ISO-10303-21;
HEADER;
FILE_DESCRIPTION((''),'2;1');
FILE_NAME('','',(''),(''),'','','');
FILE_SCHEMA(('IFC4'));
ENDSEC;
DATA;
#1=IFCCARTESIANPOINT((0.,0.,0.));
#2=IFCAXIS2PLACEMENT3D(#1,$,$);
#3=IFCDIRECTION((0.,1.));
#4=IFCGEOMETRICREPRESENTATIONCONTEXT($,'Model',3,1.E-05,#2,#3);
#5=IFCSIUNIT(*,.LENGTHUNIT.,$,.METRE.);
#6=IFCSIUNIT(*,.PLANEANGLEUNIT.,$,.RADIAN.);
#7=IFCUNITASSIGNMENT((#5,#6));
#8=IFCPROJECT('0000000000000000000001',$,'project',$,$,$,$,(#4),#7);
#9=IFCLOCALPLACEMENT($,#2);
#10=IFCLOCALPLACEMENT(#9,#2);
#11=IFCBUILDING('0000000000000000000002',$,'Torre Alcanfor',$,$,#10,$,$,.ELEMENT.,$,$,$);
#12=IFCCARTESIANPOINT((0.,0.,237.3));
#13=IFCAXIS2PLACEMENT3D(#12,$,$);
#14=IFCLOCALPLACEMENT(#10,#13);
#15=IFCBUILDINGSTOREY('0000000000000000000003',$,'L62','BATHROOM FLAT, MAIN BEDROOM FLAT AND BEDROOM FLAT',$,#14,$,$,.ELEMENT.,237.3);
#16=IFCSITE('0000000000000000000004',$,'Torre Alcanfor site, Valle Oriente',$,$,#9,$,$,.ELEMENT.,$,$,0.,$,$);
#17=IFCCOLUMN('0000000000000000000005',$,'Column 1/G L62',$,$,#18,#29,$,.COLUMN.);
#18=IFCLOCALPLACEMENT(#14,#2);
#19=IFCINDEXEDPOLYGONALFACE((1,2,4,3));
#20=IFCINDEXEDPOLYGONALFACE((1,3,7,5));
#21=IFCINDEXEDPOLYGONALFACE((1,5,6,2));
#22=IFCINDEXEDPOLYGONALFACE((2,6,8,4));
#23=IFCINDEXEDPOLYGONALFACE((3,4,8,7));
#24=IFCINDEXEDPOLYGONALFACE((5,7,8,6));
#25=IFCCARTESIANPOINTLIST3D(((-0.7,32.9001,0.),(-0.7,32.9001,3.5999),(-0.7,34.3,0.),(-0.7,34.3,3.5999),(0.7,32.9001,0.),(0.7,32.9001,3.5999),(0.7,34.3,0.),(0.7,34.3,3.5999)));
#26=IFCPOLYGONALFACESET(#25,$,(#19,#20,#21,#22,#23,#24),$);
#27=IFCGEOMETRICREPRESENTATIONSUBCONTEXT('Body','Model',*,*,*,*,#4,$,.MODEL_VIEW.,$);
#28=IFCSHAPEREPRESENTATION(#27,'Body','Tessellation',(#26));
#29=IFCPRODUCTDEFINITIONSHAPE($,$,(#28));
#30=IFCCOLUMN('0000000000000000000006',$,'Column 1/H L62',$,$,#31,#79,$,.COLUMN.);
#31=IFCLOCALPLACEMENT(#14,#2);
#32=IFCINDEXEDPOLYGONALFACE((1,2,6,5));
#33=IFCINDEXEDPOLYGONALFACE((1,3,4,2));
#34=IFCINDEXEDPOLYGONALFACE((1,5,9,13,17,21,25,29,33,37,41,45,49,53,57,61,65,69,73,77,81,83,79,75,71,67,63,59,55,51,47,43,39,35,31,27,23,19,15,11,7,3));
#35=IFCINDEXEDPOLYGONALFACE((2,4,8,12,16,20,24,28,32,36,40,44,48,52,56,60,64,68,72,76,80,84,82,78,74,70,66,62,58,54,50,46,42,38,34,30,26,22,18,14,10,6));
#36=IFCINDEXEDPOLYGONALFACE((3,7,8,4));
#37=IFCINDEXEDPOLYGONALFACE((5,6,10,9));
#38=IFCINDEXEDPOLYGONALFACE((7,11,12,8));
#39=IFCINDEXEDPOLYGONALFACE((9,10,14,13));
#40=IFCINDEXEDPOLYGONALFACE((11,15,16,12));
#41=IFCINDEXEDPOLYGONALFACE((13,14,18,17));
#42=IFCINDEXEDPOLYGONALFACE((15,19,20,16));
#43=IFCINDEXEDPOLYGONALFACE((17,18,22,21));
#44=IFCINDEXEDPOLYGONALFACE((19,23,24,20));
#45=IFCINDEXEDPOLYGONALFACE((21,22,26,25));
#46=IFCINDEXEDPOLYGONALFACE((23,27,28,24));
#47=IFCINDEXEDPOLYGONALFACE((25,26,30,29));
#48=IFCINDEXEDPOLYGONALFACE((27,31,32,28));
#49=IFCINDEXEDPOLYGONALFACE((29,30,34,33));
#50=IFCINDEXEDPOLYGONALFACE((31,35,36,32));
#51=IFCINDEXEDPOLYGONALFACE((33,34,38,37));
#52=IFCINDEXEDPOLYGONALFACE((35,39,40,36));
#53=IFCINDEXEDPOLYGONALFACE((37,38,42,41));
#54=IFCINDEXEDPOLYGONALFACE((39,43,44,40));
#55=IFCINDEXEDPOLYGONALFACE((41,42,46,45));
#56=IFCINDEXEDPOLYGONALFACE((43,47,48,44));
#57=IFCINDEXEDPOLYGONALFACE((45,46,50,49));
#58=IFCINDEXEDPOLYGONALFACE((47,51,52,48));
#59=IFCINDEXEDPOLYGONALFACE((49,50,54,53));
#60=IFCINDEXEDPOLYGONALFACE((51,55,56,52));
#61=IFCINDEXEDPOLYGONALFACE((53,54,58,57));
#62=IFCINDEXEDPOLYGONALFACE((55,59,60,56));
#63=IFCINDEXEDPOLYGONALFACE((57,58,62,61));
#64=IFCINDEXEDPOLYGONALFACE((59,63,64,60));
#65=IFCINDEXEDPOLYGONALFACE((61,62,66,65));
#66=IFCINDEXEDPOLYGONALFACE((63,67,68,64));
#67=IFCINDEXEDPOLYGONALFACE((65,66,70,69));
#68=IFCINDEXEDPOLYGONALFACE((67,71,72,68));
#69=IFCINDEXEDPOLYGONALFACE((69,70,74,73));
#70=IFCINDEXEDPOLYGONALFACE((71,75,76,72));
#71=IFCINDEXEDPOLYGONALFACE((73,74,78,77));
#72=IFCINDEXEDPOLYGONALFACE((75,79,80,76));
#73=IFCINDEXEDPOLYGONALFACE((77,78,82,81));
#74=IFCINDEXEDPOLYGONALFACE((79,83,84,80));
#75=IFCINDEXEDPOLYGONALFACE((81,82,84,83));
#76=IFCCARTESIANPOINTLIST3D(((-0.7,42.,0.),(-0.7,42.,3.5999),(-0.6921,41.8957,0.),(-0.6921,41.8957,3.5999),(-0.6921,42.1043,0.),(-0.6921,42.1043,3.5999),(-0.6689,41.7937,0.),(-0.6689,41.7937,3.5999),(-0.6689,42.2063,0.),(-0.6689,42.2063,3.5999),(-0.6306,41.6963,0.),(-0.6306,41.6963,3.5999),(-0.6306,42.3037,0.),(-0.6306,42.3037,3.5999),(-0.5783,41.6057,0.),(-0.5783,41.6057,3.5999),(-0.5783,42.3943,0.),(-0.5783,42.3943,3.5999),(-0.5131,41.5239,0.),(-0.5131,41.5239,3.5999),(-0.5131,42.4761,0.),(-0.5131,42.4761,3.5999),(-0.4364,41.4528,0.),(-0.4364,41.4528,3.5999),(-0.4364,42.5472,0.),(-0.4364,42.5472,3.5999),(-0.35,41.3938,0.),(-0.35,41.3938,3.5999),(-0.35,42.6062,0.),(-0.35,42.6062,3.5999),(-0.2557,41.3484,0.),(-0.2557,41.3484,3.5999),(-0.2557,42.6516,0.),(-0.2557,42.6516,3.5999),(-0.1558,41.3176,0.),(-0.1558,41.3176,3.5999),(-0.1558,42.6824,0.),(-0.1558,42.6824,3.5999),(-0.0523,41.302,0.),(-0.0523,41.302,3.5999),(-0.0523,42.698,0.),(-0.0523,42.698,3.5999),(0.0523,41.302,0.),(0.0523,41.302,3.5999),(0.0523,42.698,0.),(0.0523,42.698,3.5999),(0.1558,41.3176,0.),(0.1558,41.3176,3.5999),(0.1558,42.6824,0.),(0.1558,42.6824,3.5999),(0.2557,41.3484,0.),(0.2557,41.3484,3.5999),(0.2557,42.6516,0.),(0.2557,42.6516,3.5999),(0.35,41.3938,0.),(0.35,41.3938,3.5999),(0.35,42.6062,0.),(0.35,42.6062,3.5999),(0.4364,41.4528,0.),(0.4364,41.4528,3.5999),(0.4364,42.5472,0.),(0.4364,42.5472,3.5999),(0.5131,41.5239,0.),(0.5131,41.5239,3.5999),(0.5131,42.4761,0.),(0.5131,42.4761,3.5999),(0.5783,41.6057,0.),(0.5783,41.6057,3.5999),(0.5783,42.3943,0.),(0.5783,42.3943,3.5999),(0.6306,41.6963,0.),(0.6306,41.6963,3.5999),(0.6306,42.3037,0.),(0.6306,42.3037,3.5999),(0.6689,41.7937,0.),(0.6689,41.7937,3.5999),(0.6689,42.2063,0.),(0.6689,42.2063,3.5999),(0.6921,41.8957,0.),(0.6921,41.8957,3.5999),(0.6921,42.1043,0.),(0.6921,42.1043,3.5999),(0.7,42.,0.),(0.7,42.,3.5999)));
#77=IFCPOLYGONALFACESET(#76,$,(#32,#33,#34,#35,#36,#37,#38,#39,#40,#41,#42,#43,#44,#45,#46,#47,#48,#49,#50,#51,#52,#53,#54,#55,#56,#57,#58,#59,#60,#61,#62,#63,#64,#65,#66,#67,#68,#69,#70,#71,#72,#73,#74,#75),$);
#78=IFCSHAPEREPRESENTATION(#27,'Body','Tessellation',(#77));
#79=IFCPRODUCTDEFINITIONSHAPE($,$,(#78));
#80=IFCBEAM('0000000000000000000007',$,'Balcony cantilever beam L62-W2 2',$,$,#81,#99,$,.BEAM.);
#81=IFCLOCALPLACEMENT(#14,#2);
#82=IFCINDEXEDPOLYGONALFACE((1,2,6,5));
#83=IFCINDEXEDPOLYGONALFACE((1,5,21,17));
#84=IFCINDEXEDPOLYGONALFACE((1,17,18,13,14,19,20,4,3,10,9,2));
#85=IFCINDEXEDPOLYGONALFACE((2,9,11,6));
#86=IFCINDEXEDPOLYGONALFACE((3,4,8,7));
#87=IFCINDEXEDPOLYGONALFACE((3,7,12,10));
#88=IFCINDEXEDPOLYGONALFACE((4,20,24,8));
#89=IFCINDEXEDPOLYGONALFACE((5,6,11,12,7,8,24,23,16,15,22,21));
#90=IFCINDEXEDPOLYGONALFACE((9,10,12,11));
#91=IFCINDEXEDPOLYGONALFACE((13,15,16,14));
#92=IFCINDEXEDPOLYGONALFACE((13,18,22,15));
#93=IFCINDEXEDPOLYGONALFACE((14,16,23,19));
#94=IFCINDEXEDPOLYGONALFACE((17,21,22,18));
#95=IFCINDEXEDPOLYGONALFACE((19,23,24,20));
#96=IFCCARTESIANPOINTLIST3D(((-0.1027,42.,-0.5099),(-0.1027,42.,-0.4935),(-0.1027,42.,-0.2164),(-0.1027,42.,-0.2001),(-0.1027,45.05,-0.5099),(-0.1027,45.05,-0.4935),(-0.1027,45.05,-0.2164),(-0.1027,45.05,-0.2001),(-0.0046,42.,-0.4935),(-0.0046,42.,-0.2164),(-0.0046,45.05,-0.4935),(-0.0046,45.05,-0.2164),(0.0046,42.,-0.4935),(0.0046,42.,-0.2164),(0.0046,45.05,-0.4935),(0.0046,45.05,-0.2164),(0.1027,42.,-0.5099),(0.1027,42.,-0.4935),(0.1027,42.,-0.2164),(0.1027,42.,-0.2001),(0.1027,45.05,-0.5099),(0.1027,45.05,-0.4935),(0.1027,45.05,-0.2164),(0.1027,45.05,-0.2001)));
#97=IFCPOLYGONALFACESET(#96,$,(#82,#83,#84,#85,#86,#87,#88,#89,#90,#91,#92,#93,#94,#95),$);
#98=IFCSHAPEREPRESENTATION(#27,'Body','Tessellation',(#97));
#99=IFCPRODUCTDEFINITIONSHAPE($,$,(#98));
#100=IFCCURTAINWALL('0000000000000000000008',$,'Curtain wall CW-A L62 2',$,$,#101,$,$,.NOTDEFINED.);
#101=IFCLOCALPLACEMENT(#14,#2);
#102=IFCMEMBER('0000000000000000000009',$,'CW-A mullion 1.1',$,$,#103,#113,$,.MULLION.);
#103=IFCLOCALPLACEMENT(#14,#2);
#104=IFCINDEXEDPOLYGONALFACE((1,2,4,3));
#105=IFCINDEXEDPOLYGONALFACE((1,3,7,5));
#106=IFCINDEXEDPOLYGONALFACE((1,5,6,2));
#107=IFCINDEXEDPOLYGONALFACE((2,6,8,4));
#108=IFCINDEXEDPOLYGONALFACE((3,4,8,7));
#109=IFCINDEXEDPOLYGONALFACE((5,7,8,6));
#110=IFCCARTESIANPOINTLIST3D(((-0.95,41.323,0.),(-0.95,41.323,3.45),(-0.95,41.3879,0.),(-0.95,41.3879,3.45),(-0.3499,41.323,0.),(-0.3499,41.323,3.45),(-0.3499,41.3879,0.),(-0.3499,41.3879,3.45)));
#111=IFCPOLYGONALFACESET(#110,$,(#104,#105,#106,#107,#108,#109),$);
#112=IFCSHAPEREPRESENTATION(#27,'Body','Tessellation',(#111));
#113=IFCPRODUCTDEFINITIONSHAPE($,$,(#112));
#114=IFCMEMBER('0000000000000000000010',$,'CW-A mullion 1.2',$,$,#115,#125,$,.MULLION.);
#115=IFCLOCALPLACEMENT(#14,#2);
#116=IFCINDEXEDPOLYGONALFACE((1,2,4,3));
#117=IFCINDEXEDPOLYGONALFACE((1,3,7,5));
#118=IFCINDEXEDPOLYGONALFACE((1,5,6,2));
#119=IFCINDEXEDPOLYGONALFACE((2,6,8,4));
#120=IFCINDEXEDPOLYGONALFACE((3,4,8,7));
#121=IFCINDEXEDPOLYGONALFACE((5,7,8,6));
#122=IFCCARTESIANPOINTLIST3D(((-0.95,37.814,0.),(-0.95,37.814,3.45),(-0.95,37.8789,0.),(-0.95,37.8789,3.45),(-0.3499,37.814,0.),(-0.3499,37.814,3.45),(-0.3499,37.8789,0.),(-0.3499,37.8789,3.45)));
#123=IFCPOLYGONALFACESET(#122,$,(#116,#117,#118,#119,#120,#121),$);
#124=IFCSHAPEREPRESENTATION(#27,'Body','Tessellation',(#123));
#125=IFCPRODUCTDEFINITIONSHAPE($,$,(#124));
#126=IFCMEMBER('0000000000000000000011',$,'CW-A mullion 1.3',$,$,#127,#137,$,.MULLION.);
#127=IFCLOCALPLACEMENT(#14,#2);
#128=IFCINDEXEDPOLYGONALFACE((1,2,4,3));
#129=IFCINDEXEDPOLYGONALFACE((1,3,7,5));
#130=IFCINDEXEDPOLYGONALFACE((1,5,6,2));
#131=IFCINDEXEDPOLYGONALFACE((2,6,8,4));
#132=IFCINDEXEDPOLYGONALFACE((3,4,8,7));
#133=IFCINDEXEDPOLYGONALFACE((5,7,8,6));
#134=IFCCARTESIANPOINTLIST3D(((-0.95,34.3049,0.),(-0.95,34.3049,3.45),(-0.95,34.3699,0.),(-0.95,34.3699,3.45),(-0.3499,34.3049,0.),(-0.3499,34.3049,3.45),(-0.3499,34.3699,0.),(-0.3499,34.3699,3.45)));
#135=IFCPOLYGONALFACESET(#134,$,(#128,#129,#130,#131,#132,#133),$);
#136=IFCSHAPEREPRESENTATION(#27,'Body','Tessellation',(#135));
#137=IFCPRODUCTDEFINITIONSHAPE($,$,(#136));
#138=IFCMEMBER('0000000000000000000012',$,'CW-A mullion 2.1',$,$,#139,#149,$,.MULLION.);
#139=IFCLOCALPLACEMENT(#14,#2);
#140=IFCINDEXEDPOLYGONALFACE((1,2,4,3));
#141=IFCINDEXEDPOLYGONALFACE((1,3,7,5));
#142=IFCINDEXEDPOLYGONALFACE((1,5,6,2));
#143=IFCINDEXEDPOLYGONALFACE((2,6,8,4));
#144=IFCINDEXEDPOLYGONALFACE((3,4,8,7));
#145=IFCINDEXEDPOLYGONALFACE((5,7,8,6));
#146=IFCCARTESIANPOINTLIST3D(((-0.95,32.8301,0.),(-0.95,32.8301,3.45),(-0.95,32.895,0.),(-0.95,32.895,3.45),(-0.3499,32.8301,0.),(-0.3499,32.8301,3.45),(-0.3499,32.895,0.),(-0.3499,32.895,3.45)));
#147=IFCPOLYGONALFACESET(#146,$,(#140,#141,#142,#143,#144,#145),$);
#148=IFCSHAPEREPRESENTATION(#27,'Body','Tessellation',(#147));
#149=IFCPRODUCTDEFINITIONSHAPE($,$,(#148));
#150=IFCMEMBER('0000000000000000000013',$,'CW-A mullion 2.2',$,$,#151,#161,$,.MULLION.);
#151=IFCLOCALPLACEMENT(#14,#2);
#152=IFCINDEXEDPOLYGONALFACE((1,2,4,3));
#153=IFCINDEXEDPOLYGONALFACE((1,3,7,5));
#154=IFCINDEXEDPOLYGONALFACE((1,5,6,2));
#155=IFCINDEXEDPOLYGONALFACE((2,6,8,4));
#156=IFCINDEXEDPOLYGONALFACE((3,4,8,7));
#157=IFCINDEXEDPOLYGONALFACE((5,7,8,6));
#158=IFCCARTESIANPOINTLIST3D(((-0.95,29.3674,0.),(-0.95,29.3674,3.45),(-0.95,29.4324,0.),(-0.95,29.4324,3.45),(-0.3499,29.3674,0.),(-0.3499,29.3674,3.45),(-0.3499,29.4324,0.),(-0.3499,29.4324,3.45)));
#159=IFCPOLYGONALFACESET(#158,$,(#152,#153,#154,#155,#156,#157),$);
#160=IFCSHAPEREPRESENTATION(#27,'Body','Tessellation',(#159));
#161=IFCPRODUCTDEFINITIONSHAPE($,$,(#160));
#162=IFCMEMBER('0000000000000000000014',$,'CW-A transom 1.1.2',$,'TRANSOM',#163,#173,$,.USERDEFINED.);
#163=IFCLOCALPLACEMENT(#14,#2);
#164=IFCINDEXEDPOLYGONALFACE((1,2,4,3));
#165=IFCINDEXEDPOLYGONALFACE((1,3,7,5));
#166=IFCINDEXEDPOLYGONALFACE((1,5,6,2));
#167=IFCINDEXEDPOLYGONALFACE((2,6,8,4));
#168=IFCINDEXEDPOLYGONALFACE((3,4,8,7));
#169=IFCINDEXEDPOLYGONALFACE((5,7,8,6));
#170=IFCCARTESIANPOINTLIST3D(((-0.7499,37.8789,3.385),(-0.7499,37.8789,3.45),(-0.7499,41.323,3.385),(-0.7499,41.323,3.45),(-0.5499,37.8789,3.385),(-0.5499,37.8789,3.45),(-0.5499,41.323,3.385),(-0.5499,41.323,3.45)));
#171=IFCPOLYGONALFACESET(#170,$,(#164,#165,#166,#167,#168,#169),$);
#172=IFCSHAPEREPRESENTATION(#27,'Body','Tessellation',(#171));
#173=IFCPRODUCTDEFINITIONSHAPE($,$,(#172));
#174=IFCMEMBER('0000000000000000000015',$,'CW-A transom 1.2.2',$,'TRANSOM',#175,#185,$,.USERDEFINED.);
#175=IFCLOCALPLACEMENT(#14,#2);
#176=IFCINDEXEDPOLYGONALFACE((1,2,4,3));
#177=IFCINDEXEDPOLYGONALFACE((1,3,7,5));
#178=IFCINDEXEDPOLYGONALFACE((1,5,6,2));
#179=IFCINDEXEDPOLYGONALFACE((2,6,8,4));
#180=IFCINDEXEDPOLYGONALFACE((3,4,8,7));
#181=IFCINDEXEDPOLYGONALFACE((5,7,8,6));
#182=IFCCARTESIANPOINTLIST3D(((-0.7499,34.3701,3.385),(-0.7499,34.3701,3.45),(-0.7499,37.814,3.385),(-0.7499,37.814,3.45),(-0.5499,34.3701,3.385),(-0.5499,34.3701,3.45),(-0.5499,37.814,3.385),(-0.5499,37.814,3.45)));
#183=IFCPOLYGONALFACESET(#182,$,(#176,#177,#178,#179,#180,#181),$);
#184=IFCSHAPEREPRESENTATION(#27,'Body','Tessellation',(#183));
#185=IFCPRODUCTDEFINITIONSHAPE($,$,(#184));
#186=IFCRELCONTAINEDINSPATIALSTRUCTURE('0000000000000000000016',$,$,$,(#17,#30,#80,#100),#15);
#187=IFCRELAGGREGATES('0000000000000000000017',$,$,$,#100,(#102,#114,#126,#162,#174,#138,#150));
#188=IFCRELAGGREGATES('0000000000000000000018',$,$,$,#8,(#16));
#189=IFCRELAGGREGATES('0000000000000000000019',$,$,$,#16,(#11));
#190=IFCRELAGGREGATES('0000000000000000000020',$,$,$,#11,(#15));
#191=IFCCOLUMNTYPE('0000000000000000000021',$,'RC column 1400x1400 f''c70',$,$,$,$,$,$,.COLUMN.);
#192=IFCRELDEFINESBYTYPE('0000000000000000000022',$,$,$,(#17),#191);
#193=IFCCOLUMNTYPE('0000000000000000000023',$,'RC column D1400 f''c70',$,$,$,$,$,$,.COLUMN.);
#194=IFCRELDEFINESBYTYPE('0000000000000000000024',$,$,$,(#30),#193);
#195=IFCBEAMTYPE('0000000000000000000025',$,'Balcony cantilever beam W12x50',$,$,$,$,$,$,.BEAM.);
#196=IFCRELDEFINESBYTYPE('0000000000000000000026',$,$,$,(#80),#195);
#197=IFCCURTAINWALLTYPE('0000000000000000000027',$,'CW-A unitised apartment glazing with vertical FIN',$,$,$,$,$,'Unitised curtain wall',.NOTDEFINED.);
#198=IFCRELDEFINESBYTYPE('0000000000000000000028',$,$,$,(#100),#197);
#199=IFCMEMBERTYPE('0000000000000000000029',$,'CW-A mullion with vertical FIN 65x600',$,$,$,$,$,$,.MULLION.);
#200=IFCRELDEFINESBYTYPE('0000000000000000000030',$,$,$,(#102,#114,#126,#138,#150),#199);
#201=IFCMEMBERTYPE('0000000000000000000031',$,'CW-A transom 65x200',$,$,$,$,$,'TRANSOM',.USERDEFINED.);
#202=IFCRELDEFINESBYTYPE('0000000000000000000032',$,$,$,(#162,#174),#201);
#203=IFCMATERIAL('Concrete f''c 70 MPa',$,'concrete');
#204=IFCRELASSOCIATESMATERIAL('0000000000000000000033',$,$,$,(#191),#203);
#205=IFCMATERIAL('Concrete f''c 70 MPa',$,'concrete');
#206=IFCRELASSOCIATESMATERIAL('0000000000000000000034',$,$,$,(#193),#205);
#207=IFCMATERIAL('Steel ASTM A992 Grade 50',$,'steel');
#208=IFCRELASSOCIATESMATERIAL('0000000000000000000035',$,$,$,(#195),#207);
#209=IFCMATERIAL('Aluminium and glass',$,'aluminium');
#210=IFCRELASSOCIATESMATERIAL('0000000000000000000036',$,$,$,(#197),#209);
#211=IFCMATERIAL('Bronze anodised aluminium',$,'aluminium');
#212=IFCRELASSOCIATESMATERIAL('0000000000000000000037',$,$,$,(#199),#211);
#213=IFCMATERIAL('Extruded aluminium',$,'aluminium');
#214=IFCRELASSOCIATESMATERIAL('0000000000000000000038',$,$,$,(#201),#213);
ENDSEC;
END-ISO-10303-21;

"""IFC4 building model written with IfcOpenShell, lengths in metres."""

from ifc_helpers import new_model, si_unit, direction, frame, origin, origin_2d, place, context, subcontext, project, spatial, rectangle, circle, i_section, extrude, material, material_profile, profile_set, type_object, element, aggregate, save


model = new_model("IFC4")

# Units and contexts
model_context = context("Model", 3, precision=1e-05, world=origin(), true_north=direction((0.0, 1.0)))
body_context = subcontext(model_context, "Body", "Model", "MODEL_VIEW")
ifc_project = project(units=[si_unit("LENGTHUNIT", "METRE"), si_unit("PLANEANGLEUNIT", "RADIAN")], contexts=[model_context])

# Site, building, storey
site_placement = place(None, origin())
site = spatial("IfcSite", under=ifc_project, at=site_placement, Name="Torre Alcanfor site, Valle Oriente", CompositionType="ELEMENT", RefElevation=0.0)
building_placement = place(site_placement, origin())
building = spatial("IfcBuilding", under=site, at=building_placement, Name="Torre Alcanfor", CompositionType="ELEMENT")
storey_placement = place(building_placement, frame((0.0, 0.0, 237.3)))
storey = spatial("IfcBuildingStorey", under=building, at=storey_placement, Name="L62", Description="BATHROOM FLAT, MAIN BEDROOM FLAT AND BEDROOM FLAT", CompositionType="ELEMENT", Elevation=237.3)

# Columns
ifc_material_1 = material(Name="Concrete f'c 70 MPa", Category="concrete")
ifc_material_profile_1 = material_profile(ifc_material_1, rectangle(XDim=1.3999, YDim=1.3999, at=origin_2d()), Name="1400x1400")
ifc_profile_set_1 = profile_set([ifc_material_profile_1], Name="Concrete f'c 70 MPa")
column_type_1 = type_object("IfcColumnType", Name="RC column 1400x1400 f'c70", PredefinedType="COLUMN", material=ifc_profile_set_1)
column_1_placement = place(storey_placement, frame((0.0, 33.6001, 0.0), z_axis=(0.0, 0.0, 1.0), x_axis=(1.0, 0.0, 0.0)))
element("IfcColumn", 1, at=column_1_placement, inside=storey, type_object=column_type_1, Name="Column 1/G L62", PredefinedType="COLUMN", context=body_context, shape_type="SweptSolid", body=[
    extrude(rectangle(XDim=1.3999, YDim=1.3999, at=origin_2d()), origin(), (0.0, 0.0, 1.0), 3.5999),
])
ifc_material_2 = material(Name="Concrete f'c 70 MPa", Category="concrete")
ifc_material_profile_2 = material_profile(ifc_material_2, circle(Radius=0.7, at=origin_2d()), Name="D1400")
ifc_profile_set_2 = profile_set([ifc_material_profile_2], Name="Concrete f'c 70 MPa")
column_type_2 = type_object("IfcColumnType", Name="RC column D1400 f'c70", PredefinedType="COLUMN", material=ifc_profile_set_2)
column_2_placement = place(storey_placement, frame((0.0, 42.0, 0.0), z_axis=(0.0, 0.0, 1.0), x_axis=(1.0, 0.0, 0.0)))
element("IfcColumn", 2, at=column_2_placement, inside=storey, type_object=column_type_2, Name="Column 1/H L62", PredefinedType="COLUMN", context=body_context, shape_type="SweptSolid", body=[
    extrude(circle(Radius=0.7, at=origin_2d()), origin(), (0.0, 0.0, 1.0), 3.5999),
])

# Beam
ifc_material_3 = material(Name="Steel ASTM A992 Grade 50", Category="steel")
ifc_material_profile_3 = material_profile(ifc_material_3, i_section(OverallWidth=0.2053, OverallDepth=0.3098, WebThickness=0.0093, FlangeThickness=0.0164, at=origin_2d()), Name="W12x50")
ifc_profile_set_3 = profile_set([ifc_material_profile_3], Name="Steel ASTM A992 Grade 50")
beam_type_1 = type_object("IfcBeamType", Name="Balcony cantilever beam W12x50", PredefinedType="BEAM", material=ifc_profile_set_3)
beam_1_placement = place(storey_placement, frame((0.0, 42.0, -0.355), z_axis=(0.0, 1.0, 0.0), x_axis=(-1.0, 0.0, 0.0)))
element("IfcBeam", 3, at=beam_1_placement, inside=storey, type_object=beam_type_1, Name="Balcony cantilever beam L62-W2 2", PredefinedType="BEAM", context=body_context, shape_type="SweptSolid", body=[
    extrude(i_section(OverallWidth=0.2053, OverallDepth=0.3098, WebThickness=0.0093, FlangeThickness=0.0164, at=origin_2d()), origin(), (0.0, 0.0, 1.0), 3.05),
])

# Curtain wall, members
ifc_material_4 = material(Name="Aluminium and glass", Category="aluminium")
curtain_wall_type = type_object("IfcCurtainWallType", Name="CW-A unitised apartment glazing with vertical FIN", ElementType="Unitised curtain wall", PredefinedType="NOTDEFINED", material=ifc_material_4)
curtain_wall_placement = place(storey_placement, origin())
curtain_wall = element("IfcCurtainWall", 4, at=curtain_wall_placement, inside=storey, type_object=curtain_wall_type, Name="Curtain wall CW-A L62 2", PredefinedType="NOTDEFINED")
ifc_material_5 = material(Name="Bronze anodised aluminium", Category="aluminium")
ifc_material_profile_4 = material_profile(ifc_material_5, rectangle(XDim=0.6001, YDim=0.0649, at=origin_2d()), Name="CW-A mullion 65x600")
ifc_profile_set_4 = profile_set([ifc_material_profile_4], Name="Bronze anodised aluminium")
member_type_1 = type_object("IfcMemberType", Name="CW-A mullion with vertical FIN 65x600", PredefinedType="MULLION", material=ifc_profile_set_4)
member_1_placement = place(storey_placement, frame((-0.6499, 41.3555, 0.0), z_axis=(0.0, 0.0, 1.0), x_axis=(1.0, 0.0, 0.0)))
member_1 = element("IfcMember", 5, at=member_1_placement, type_object=member_type_1, Name="CW-A mullion 1.1", PredefinedType="MULLION", context=body_context, shape_type="SweptSolid", body=[
    extrude(rectangle(XDim=0.6001, YDim=0.0649, at=origin_2d()), origin(), (0.0, 0.0, 1.0), 3.45),
])
member_2_placement = place(storey_placement, frame((-0.6499, 37.8464, 0.0), z_axis=(0.0, 0.0, 1.0), x_axis=(1.0, 0.0, 0.0)))
member_2 = element("IfcMember", 6, at=member_2_placement, type_object=member_type_1, Name="CW-A mullion 1.2", PredefinedType="MULLION", context=body_context, shape_type="SweptSolid", body=[
    extrude(rectangle(XDim=0.6001, YDim=0.0649, at=origin_2d()), origin(), (0.0, 0.0, 1.0), 3.45),
])
member_3_placement = place(storey_placement, frame((-0.6499, 34.3374, 0.0), z_axis=(0.0, 0.0, 1.0), x_axis=(1.0, 0.0, 0.0)))
member_3 = element("IfcMember", 7, at=member_3_placement, type_object=member_type_1, Name="CW-A mullion 1.3", PredefinedType="MULLION", context=body_context, shape_type="SweptSolid", body=[
    extrude(rectangle(XDim=0.6001, YDim=0.0649, at=origin_2d()), origin(), (0.0, 0.0, 1.0), 3.45),
])
member_4_placement = place(storey_placement, frame((-0.6499, 32.8625, 0.0), z_axis=(0.0, 0.0, 1.0), x_axis=(1.0, 0.0, 0.0)))
member_4 = element("IfcMember", 8, at=member_4_placement, type_object=member_type_1, Name="CW-A mullion 2.1", PredefinedType="MULLION", context=body_context, shape_type="SweptSolid", body=[
    extrude(rectangle(XDim=0.6001, YDim=0.0649, at=origin_2d()), origin(), (0.0, 0.0, 1.0), 3.45),
])
member_5_placement = place(storey_placement, frame((-0.6499, 29.3999, 0.0), z_axis=(0.0, 0.0, 1.0), x_axis=(1.0, 0.0, 0.0)))
member_5 = element("IfcMember", 9, at=member_5_placement, type_object=member_type_1, Name="CW-A mullion 2.2", PredefinedType="MULLION", context=body_context, shape_type="SweptSolid", body=[
    extrude(rectangle(XDim=0.6001, YDim=0.0649, at=origin_2d()), origin(), (0.0, 0.0, 1.0), 3.45),
])
ifc_material_6 = material(Name="Extruded aluminium", Category="aluminium")
ifc_material_profile_5 = material_profile(ifc_material_6, rectangle(XDim=0.2, YDim=0.0649, at=origin_2d()), Name="CW-A transom 200x65")
ifc_profile_set_5 = profile_set([ifc_material_profile_5], Name="Extruded aluminium")
member_type_2 = type_object("IfcMemberType", Name="CW-A transom 65x200", ElementType="TRANSOM", PredefinedType="USERDEFINED", material=ifc_profile_set_5)
member_6_placement = place(storey_placement, frame((-0.6499, 41.323, 3.4175), z_axis=(0.0, -1.0, 0.0), x_axis=(1.0, 0.0, 0.0)))
member_6 = element("IfcMember", 10, at=member_6_placement, type_object=member_type_2, Name="CW-A transom 1.1.2", ObjectType="TRANSOM", PredefinedType="USERDEFINED", context=body_context, shape_type="SweptSolid", body=[
    extrude(rectangle(XDim=0.2, YDim=0.0649, at=origin_2d()), origin(), (0.0, 0.0, 1.0), 3.4441),
])
member_7_placement = place(storey_placement, frame((-0.6499, 37.814, 3.4175), z_axis=(0.0, -1.0, 0.0), x_axis=(1.0, 0.0, 0.0)))
member_7 = element("IfcMember", 11, at=member_7_placement, type_object=member_type_2, Name="CW-A transom 1.2.2", ObjectType="TRANSOM", PredefinedType="USERDEFINED", context=body_context, shape_type="SweptSolid", body=[
    extrude(rectangle(XDim=0.2, YDim=0.0649, at=origin_2d()), origin(), (0.0, 0.0, 1.0), 3.4438),
])

aggregate(curtain_wall, [member_1, member_2, member_3, member_6, member_7, member_4, member_5])

save(model, "model.ifc")
